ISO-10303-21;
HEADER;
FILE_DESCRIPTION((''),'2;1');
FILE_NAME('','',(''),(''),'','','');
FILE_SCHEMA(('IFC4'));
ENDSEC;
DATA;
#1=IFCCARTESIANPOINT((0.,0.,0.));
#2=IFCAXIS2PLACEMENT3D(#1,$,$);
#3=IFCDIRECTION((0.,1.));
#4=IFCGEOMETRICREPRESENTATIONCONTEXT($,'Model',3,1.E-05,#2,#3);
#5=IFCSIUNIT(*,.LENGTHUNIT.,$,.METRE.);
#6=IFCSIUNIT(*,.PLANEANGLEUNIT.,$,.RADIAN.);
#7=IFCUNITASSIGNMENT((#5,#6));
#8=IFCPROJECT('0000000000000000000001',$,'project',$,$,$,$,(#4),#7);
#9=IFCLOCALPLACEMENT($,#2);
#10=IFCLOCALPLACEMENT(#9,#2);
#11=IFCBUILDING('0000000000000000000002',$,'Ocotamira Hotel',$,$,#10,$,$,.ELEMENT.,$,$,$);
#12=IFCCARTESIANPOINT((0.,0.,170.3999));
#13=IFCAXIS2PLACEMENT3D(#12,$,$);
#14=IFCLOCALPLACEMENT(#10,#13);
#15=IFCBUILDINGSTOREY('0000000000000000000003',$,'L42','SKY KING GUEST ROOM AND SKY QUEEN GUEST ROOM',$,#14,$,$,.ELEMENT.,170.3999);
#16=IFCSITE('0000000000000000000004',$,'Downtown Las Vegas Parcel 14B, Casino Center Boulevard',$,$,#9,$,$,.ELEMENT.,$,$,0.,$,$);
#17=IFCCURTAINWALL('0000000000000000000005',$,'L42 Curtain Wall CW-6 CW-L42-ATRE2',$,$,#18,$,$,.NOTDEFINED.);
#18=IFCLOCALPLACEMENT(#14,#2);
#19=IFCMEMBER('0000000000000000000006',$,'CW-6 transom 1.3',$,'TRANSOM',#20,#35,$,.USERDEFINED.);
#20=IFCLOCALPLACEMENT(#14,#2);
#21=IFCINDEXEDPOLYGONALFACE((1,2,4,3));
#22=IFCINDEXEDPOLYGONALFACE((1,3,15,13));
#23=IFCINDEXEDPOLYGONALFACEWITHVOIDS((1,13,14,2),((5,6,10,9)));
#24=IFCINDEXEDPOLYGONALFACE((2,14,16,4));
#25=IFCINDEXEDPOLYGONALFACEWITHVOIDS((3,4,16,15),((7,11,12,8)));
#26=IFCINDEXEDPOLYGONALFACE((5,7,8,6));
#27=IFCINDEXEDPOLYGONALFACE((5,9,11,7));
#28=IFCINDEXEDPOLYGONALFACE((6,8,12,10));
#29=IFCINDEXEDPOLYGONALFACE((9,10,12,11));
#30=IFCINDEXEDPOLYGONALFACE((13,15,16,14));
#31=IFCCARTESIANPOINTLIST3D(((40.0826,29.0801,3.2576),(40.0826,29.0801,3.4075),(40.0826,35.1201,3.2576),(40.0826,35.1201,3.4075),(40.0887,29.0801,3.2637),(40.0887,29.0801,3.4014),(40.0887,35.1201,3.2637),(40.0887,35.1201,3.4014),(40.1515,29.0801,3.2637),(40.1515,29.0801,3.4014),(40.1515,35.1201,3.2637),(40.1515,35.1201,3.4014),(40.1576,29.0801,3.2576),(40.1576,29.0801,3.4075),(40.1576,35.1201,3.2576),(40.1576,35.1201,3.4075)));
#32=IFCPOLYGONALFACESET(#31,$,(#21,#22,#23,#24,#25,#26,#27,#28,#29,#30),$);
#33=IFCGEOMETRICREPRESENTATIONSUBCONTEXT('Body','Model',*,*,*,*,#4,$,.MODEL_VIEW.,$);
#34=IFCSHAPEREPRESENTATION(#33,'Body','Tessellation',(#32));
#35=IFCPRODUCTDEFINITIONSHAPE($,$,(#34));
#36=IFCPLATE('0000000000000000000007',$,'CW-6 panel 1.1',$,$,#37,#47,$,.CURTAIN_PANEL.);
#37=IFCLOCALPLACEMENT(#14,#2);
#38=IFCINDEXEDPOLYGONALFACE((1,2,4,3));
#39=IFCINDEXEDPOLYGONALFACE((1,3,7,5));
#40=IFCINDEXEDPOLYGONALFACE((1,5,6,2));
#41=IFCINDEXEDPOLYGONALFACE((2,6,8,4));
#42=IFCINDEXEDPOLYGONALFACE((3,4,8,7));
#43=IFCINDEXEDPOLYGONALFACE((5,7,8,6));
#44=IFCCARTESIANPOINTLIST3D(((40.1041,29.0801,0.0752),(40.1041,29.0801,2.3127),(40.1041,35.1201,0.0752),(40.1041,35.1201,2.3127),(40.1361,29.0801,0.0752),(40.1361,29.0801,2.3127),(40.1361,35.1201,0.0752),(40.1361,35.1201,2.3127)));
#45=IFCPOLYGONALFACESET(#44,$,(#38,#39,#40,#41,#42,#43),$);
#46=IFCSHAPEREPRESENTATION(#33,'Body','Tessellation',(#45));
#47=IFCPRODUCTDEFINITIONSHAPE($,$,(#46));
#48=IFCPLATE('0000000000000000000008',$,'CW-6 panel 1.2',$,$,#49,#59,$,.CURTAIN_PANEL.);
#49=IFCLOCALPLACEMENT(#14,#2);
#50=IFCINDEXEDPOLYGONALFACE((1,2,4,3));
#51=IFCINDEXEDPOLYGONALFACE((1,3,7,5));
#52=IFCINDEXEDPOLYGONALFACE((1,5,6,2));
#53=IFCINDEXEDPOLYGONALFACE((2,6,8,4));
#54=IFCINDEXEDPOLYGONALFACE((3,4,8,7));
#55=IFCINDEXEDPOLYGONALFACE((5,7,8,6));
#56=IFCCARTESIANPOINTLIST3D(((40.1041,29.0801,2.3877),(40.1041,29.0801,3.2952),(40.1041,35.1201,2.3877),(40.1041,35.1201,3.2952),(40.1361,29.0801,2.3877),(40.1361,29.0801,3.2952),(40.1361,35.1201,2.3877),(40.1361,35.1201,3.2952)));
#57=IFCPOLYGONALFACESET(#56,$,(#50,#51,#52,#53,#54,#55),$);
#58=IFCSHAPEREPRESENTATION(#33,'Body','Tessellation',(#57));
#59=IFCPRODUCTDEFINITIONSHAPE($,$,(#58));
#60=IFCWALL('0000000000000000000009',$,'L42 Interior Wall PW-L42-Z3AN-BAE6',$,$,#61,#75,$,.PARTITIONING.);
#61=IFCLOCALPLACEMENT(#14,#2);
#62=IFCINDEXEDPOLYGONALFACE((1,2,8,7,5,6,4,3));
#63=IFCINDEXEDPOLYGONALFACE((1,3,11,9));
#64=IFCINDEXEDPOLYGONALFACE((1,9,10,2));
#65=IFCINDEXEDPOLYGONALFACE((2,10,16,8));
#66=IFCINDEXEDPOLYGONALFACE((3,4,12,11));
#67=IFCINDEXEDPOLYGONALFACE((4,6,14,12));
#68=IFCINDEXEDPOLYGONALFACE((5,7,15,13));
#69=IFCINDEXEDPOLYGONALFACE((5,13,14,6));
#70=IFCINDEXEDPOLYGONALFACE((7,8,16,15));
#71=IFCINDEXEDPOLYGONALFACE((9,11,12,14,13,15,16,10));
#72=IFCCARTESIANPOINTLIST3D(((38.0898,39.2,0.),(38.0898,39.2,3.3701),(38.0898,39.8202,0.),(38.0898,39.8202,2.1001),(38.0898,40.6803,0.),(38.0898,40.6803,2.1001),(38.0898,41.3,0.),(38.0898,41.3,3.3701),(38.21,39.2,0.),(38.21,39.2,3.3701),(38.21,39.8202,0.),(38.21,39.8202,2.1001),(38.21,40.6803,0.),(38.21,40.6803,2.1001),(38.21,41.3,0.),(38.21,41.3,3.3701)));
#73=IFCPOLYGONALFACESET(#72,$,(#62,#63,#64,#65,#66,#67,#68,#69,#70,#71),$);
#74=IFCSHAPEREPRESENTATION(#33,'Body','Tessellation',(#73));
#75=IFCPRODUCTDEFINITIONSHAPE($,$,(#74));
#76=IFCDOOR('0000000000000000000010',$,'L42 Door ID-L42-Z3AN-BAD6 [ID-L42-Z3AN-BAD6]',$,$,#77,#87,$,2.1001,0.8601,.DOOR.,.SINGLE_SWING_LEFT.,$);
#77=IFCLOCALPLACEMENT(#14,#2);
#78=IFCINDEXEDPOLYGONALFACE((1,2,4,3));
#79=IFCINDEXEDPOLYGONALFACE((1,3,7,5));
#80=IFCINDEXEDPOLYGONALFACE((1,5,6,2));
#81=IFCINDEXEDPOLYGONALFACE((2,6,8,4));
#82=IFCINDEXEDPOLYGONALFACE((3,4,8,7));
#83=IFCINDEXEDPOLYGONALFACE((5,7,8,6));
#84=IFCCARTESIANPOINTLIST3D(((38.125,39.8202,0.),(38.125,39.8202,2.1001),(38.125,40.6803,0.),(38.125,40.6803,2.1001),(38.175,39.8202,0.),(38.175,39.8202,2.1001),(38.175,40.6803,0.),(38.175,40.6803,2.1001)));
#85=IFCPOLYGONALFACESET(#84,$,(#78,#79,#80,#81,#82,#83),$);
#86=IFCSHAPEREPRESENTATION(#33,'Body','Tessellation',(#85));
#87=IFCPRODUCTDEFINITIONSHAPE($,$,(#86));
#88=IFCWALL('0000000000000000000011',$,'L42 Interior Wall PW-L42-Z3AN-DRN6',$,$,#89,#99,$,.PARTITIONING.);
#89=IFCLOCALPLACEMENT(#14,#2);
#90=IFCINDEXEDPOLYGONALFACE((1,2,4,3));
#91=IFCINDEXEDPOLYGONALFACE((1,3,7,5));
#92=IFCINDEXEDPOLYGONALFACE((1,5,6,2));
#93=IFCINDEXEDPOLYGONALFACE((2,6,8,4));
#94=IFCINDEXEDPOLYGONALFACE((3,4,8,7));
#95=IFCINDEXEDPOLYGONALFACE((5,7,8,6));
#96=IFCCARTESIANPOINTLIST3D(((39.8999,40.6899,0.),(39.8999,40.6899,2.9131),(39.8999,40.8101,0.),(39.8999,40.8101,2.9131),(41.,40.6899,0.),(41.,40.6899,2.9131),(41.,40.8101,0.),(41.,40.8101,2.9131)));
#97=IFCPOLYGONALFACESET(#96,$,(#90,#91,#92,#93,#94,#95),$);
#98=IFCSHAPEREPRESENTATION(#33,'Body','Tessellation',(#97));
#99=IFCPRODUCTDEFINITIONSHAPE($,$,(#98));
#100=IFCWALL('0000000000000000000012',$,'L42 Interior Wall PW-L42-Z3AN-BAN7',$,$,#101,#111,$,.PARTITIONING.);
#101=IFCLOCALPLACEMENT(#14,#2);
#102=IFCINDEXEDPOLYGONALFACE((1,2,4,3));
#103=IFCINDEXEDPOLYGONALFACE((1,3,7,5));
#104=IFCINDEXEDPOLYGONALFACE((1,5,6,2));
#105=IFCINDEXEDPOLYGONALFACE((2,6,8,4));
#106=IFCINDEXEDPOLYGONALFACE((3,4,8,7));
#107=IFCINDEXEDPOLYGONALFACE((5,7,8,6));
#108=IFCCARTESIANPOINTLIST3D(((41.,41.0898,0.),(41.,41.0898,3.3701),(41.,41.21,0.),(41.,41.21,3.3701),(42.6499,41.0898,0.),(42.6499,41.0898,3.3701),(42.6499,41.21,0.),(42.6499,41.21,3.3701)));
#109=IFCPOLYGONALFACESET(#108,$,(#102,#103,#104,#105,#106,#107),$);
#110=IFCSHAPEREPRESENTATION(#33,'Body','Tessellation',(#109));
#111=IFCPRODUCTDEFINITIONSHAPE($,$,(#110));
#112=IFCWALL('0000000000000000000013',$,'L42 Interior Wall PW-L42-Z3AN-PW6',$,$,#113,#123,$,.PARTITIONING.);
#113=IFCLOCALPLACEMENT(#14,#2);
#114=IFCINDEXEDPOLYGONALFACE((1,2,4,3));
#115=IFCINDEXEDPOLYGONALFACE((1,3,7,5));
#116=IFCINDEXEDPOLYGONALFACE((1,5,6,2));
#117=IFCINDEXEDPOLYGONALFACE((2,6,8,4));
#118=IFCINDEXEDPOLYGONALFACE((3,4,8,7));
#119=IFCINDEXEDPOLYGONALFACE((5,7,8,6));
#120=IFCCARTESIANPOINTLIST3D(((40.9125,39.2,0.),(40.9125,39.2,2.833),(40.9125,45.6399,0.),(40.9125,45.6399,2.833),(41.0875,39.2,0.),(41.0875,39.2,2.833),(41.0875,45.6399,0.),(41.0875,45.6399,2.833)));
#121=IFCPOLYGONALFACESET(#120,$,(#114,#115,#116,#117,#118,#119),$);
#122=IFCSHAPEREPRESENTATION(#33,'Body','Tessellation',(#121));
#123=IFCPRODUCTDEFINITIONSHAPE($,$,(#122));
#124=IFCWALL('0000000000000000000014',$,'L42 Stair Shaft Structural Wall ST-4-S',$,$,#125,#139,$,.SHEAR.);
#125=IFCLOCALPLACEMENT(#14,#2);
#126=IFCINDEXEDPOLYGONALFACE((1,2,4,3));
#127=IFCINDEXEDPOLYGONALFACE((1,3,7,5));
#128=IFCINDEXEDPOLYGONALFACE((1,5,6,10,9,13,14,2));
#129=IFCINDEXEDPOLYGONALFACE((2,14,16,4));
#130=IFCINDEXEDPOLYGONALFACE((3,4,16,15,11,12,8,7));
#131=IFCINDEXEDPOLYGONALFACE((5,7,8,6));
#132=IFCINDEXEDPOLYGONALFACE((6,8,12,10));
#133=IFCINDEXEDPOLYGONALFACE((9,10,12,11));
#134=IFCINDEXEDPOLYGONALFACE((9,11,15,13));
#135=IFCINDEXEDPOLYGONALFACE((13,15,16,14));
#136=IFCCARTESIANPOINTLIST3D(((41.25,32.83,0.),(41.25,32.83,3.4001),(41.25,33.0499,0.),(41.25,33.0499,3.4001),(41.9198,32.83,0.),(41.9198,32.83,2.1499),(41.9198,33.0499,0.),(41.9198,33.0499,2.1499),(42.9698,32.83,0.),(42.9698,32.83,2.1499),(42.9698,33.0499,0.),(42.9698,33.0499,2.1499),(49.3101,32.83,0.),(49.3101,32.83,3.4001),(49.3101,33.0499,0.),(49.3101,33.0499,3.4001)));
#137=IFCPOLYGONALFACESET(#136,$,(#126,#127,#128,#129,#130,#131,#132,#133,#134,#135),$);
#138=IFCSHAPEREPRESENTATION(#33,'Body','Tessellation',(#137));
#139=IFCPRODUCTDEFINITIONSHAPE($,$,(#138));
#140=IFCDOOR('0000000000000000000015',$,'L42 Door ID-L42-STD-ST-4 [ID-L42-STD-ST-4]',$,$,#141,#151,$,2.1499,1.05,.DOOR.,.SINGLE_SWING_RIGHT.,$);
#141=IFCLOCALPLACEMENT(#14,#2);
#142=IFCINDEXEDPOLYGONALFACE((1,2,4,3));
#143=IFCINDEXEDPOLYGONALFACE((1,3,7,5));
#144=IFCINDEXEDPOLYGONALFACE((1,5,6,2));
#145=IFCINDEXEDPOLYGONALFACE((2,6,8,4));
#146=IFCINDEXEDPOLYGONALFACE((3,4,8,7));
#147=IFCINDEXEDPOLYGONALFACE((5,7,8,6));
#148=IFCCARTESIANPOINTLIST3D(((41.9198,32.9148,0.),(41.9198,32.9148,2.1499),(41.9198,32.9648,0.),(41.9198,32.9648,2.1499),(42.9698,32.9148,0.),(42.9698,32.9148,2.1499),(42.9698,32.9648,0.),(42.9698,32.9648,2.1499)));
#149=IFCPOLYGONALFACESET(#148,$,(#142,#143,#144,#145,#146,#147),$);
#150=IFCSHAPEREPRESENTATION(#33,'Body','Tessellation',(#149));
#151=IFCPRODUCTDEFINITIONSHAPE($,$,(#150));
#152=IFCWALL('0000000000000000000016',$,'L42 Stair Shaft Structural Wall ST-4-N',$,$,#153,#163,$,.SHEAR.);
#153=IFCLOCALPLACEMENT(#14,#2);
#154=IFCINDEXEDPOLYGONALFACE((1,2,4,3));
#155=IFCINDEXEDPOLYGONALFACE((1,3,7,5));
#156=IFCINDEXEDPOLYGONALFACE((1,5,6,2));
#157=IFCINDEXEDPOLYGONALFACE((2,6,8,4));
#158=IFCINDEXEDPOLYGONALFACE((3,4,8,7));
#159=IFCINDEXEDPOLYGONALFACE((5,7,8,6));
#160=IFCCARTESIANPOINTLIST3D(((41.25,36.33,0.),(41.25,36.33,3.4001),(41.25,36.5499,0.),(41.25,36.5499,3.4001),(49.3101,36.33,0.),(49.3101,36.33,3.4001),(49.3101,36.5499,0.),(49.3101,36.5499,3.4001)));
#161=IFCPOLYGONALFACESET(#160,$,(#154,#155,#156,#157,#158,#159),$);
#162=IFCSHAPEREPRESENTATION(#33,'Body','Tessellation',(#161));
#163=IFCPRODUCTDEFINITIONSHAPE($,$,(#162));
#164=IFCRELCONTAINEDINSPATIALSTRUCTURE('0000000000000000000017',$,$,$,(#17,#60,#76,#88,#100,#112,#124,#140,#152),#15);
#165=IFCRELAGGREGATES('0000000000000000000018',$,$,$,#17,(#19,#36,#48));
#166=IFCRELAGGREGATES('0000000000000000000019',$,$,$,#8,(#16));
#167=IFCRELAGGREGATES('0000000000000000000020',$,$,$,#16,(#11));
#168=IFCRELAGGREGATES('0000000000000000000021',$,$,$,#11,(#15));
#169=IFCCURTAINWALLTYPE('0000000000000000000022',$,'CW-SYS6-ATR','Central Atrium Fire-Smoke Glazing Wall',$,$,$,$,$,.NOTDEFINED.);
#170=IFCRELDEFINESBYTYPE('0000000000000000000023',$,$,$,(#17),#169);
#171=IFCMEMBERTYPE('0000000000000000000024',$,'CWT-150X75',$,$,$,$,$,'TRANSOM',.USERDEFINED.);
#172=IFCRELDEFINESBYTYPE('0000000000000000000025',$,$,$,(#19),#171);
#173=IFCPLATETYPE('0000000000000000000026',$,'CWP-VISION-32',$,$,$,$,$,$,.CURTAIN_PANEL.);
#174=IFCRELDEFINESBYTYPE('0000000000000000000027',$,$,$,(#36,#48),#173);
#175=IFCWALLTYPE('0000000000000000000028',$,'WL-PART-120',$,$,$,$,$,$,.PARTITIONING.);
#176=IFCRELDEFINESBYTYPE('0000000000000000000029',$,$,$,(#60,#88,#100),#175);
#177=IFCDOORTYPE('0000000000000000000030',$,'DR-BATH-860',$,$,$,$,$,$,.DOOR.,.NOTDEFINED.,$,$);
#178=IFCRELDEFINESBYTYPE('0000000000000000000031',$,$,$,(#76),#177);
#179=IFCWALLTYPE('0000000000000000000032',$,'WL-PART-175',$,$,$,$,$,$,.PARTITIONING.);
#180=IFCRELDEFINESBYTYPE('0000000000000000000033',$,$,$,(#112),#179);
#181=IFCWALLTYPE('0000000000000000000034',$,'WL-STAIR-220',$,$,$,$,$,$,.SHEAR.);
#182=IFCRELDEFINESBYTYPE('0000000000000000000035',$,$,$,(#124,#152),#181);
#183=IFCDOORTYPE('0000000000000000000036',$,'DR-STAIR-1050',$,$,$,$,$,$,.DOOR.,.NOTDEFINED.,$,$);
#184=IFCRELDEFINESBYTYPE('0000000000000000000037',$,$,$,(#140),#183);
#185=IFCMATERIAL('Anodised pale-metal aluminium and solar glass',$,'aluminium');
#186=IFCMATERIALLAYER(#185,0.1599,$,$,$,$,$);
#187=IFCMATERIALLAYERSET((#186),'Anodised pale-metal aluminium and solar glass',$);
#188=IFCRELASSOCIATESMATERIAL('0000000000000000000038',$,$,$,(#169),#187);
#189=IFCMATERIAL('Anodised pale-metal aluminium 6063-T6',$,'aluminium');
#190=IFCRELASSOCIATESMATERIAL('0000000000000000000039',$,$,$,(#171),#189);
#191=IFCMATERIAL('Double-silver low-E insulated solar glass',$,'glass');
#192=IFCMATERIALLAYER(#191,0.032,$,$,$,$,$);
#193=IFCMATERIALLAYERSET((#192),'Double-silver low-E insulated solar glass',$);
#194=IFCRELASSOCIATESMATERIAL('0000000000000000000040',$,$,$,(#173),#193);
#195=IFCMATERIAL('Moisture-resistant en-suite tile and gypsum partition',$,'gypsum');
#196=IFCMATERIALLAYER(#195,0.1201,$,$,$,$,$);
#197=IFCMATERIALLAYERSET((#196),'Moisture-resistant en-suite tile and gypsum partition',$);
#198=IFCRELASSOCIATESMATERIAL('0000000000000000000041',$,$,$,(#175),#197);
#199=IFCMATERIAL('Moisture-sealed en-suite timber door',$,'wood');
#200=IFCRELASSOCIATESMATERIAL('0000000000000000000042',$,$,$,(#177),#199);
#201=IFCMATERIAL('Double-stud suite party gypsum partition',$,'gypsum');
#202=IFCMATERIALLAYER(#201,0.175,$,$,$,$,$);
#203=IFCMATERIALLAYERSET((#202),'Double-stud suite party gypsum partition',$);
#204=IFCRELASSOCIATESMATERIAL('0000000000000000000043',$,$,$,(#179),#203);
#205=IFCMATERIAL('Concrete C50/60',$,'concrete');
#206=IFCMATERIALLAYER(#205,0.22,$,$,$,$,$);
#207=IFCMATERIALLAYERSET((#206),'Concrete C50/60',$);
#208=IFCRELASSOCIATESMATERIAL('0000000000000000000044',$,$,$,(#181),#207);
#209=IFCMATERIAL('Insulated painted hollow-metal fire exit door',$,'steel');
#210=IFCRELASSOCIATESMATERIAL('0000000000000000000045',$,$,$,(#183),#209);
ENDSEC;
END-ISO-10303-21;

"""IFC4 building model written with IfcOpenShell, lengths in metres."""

from ifc_helpers import new_model, si_unit, direction, frame, frame_2d, origin, origin_2d, place, context, subcontext, project, spatial, rectangle, hollow_rectangle, extrude, source, transform, mapped, material, layer, layer_set, material_profile, profile_set, type_object, element, fill, aggregate, save


model = new_model("IFC4")

# Units and contexts
model_context = context("Model", 3, precision=1e-05, world=origin(), true_north=direction((0.0, 1.0)))
body_context = subcontext(model_context, "Body", "Model", "MODEL_VIEW")
ifc_project = project(units=[si_unit("LENGTHUNIT", "METRE"), si_unit("PLANEANGLEUNIT", "RADIAN")], contexts=[model_context])

# Site, building, storey
site_placement = place(None, origin())
site = spatial("IfcSite", under=ifc_project, at=site_placement, Name="Downtown Las Vegas Parcel 14B, Casino Center Boulevard", CompositionType="ELEMENT", RefElevation=0.0)
building_placement = place(site_placement, origin())
building = spatial("IfcBuilding", under=site, at=building_placement, Name="Ocotamira Hotel", CompositionType="ELEMENT")
storey_placement = place(building_placement, frame((0.0, 0.0, 170.3999)))
storey = spatial("IfcBuildingStorey", under=building, at=storey_placement, Name="L42", Description="SKY KING GUEST ROOM AND SKY QUEEN GUEST ROOM", CompositionType="ELEMENT", Elevation=170.3999)

# Shared definitions
ifc_material_1 = material(Name="Concrete C50/60", Category="concrete")

# Curtain wall, member, plates
ifc_material_2 = material(Name="Anodised pale-metal aluminium and solar glass", Category="aluminium")
ifc_layer_1 = layer(ifc_material_2, 0.1599)
ifc_layer_set_1 = layer_set([ifc_layer_1], Name="Anodised pale-metal aluminium and solar glass")
curtain_wall_type = type_object("IfcCurtainWallType", Name="CW-SYS6-ATR", Description="Central Atrium Fire-Smoke Glazing Wall", PredefinedType="NOTDEFINED", material=ifc_layer_set_1)
curtain_wall_placement = place(storey_placement, origin())
curtain_wall = element("IfcCurtainWall", 1, at=curtain_wall_placement, inside=storey, type_object=curtain_wall_type, Name="L42 Curtain Wall CW-6 CW-L42-ATRE2", PredefinedType="NOTDEFINED")
ifc_material_3 = material(Name="Anodised pale-metal aluminium 6063-T6", Category="aluminium")
ifc_material_profile_1 = material_profile(ifc_material_3, hollow_rectangle(XDim=0.075, YDim=0.1499, WallThickness=0.0061, at=origin_2d()), Name="HSS150X75X6")
ifc_profile_set_1 = profile_set([ifc_material_profile_1], Name="Anodised pale-metal aluminium 6063-T6")
member_type_1 = type_object("IfcMemberType", Name="CWT-150X75", ElementType="TRANSOM", PredefinedType="USERDEFINED", material=ifc_profile_set_1)
shared_shape_1 = source(origin(), body_context, "Body", "SweptSolid", [
    extrude(hollow_rectangle(XDim=0.075, YDim=0.1499, WallThickness=0.0061, at=origin_2d()), origin(), (0.0, 0.0, 1.0), 6.04),
])
member_1_placement = place(storey_placement, frame((40.1201, 29.0801, 3.3325), z_axis=(0.0, 1.0, 0.0), x_axis=(-1.0, 0.0, 0.0)))
member_1 = element("IfcMember", 2, at=member_1_placement, type_object=member_type_1, Name="CW-6 transom 1.3", ObjectType="TRANSOM", PredefinedType="USERDEFINED", context=body_context, shape_type="MappedRepresentation", body=[
    mapped(shared_shape_1, transform((0.0, 0.0, 0.0), scale=1.0)),
])
ifc_material_4 = material(Name="Double-silver low-E insulated solar glass", Category="glass")
ifc_layer_2 = layer(ifc_material_4, 0.032)
ifc_layer_set_2 = layer_set([ifc_layer_2], Name="Double-silver low-E insulated solar glass")
plate_type = type_object("IfcPlateType", Name="CWP-VISION-32", PredefinedType="CURTAIN_PANEL", material=ifc_layer_set_2)
shared_shape_2 = source(origin(), body_context, "Body", "SweptSolid", [
    extrude(rectangle(XDim=6.04, YDim=0.032, at=origin_2d()), origin(), (0.0, 0.0, 1.0), 2.2375),
])
plate_1_placement = place(storey_placement, frame((40.1201, 32.1001, 0.0752), z_axis=(0.0, 0.0, 1.0), x_axis=(0.0, 1.0, 0.0)))
plate_1 = element("IfcPlate", 3, at=plate_1_placement, type_object=plate_type, Name="CW-6 panel 1.1", PredefinedType="CURTAIN_PANEL", context=body_context, shape_type="MappedRepresentation", body=[
    mapped(shared_shape_2, transform((0.0, 0.0, 0.0), scale=1.0)),
])
shared_shape_3 = source(origin(), body_context, "Body", "SweptSolid", [
    extrude(rectangle(XDim=6.04, YDim=0.032, at=origin_2d()), origin(), (0.0, 0.0, 1.0), 0.9075),
])
plate_2_placement = place(storey_placement, frame((40.1201, 32.1001, 2.3877), z_axis=(0.0, 0.0, 1.0), x_axis=(0.0, 1.0, 0.0)))
plate_2 = element("IfcPlate", 4, at=plate_2_placement, type_object=plate_type, Name="CW-6 panel 1.2", PredefinedType="CURTAIN_PANEL", context=body_context, shape_type="MappedRepresentation", body=[
    mapped(shared_shape_3, transform((0.0, 0.0, 0.0), scale=1.0)),
])
aggregate(curtain_wall, [member_1, plate_1, plate_2])

# Wall, opening, door
ifc_material_5 = material(Name="Moisture-resistant en-suite tile and gypsum partition", Category="gypsum")
ifc_layer_3 = layer(ifc_material_5, 0.1201)
ifc_layer_set_3 = layer_set([ifc_layer_3], Name="Moisture-resistant en-suite tile and gypsum partition")
wall_type_1 = type_object("IfcWallType", Name="WL-PART-120", PredefinedType="PARTITIONING", material=ifc_layer_set_3)
wall_1_placement = place(storey_placement, frame((38.1499, 39.2, 0.0), z_axis=(0.0, 0.0, 1.0), x_axis=(0.0, 1.0, 0.0)))
wall_1 = element("IfcWall", 5, at=wall_1_placement, inside=storey, type_object=wall_type_1, Name="L42 Interior Wall PW-L42-Z3AN-BAE6", PredefinedType="PARTITIONING", context=body_context, shape_type="SweptSolid", body=[
    extrude(rectangle(XDim=2.1001, YDim=0.1201, at=frame_2d((1.05, 0.0))), origin(), (0.0, 0.0, 1.0), 3.3701),
])
opening_1_placement = place(wall_1_placement, frame((0.6201, 0.0, 0.0)))
opening_1 = element("IfcOpeningElement", 6, at=opening_1_placement, cuts=wall_1, PredefinedType="OPENING", context=body_context, shape_type="SweptSolid", body=[
    extrude(rectangle(XDim=0.8601, YDim=2.1001, at=frame_2d((0.4302, 1.05))), frame((0.0, 0.0701, 0.0), z_axis=(0.0, -1.0, 0.0), x_axis=(1.0, 0.0, 0.0)), (0.0, 0.0, 1.0), 0.1401),
])
ifc_material_6 = material(Name="Moisture-sealed en-suite timber door", Category="wood")
door_type_1 = type_object("IfcDoorType", Name="DR-BATH-860", OperationType="NOTDEFINED", PredefinedType="DOOR", material=ifc_material_6)
shared_shape_4 = source(origin(), body_context, "Body", "SweptSolid", [
    extrude(rectangle(XDim=0.8601, YDim=2.1001, at=frame_2d((0.4302, 1.05))), frame((0.0, 0.0249, 0.0), z_axis=(0.0, -1.0, 0.0), x_axis=(1.0, 0.0, 0.0)), (0.0, 0.0, 1.0), 0.05),
])
door_1_placement = place(opening_1_placement, origin())
door_1 = element("IfcDoor", 7, at=door_1_placement, inside=storey, type_object=door_type_1, Name="L42 Door ID-L42-Z3AN-BAD6 [ID-L42-Z3AN-BAD6]", OperationType="SINGLE_SWING_LEFT", OverallHeight=2.1001, OverallWidth=0.8601, PredefinedType="DOOR", context=body_context, shape_type="MappedRepresentation", body=[
    mapped(shared_shape_4, transform((0.0, 0.0, 0.0), scale=1.0)),
])
fill(opening_1, door_1)

# Walls
wall_2_placement = place(storey_placement, frame((39.8999, 40.75, 0.0), z_axis=(0.0, 0.0, 1.0), x_axis=(1.0, 0.0, 0.0)))
element("IfcWall", 8, at=wall_2_placement, inside=storey, type_object=wall_type_1, Name="L42 Interior Wall PW-L42-Z3AN-DRN6", PredefinedType="PARTITIONING", context=body_context, shape_type="SweptSolid", body=[
    extrude(rectangle(XDim=1.1001, YDim=0.1201, at=frame_2d((0.55, 0.0))), origin(), (0.0, 0.0, 1.0), 2.9131),
])
wall_3_placement = place(storey_placement, frame((41.0, 41.1499, 0.0), z_axis=(0.0, 0.0, 1.0), x_axis=(1.0, 0.0, 0.0)))
element("IfcWall", 9, at=wall_3_placement, inside=storey, type_object=wall_type_1, Name="L42 Interior Wall PW-L42-Z3AN-BAN7", PredefinedType="PARTITIONING", context=body_context, shape_type="SweptSolid", body=[
    extrude(rectangle(XDim=1.6499, YDim=0.1201, at=frame_2d((0.825, 0.0))), origin(), (0.0, 0.0, 1.0), 3.3701),
])
ifc_material_7 = material(Name="Double-stud suite party gypsum partition", Category="gypsum")
ifc_layer_4 = layer(ifc_material_7, 0.175)
ifc_layer_set_4 = layer_set([ifc_layer_4], Name="Double-stud suite party gypsum partition")
wall_type_2 = type_object("IfcWallType", Name="WL-PART-175", PredefinedType="PARTITIONING", material=ifc_layer_set_4)
wall_4_placement = place(storey_placement, frame((41.0, 39.2, 0.0), z_axis=(0.0, 0.0, 1.0), x_axis=(0.0, 1.0, 0.0)))
element("IfcWall", 10, at=wall_4_placement, inside=storey, type_object=wall_type_2, Name="L42 Interior Wall PW-L42-Z3AN-PW6", PredefinedType="PARTITIONING", context=body_context, shape_type="SweptSolid", body=[
    extrude(rectangle(XDim=6.4399, YDim=0.175, at=frame_2d((3.22, 0.0))), origin(), (0.0, 0.0, 1.0), 2.833),
])

# Wall, opening, door
ifc_layer_5 = layer(ifc_material_1, 0.22)
ifc_layer_set_5 = layer_set([ifc_layer_5], Name="Concrete C50/60")
wall_type_3 = type_object("IfcWallType", Name="WL-STAIR-220", PredefinedType="SHEAR", material=ifc_layer_set_5)
wall_5_placement = place(storey_placement, frame((41.25, 32.9399, 0.0), z_axis=(0.0, 0.0, 1.0), x_axis=(1.0, 0.0, 0.0)))
wall_5 = element("IfcWall", 11, at=wall_5_placement, inside=storey, type_object=wall_type_3, Name="L42 Stair Shaft Structural Wall ST-4-S", PredefinedType="SHEAR", context=body_context, shape_type="SweptSolid", body=[
    extrude(rectangle(XDim=8.0601, YDim=0.22, at=frame_2d((4.03, 0.0))), origin(), (0.0, 0.0, 1.0), 3.4001),
])
opening_2_placement = place(wall_5_placement, frame((0.6699, 0.0, 0.0)))
opening_2 = element("IfcOpeningElement", 12, at=opening_2_placement, cuts=wall_5, PredefinedType="OPENING", context=body_context, shape_type="SweptSolid", body=[
    extrude(rectangle(XDim=1.05, YDim=2.1499, at=frame_2d((0.5249, 1.075))), frame((0.0, 0.1201, 0.0), z_axis=(0.0, -1.0, 0.0), x_axis=(1.0, 0.0, 0.0)), (0.0, 0.0, 1.0), 0.24),
])
ifc_material_8 = material(Name="Insulated painted hollow-metal fire exit door", Category="steel")
door_type_2 = type_object("IfcDoorType", Name="DR-STAIR-1050", OperationType="NOTDEFINED", PredefinedType="DOOR", material=ifc_material_8)
shared_shape_5 = source(origin(), body_context, "Body", "SweptSolid", [
    extrude(rectangle(XDim=1.05, YDim=2.1499, at=frame_2d((0.5249, 1.075))), frame((0.0, 0.0249, 0.0), z_axis=(0.0, -1.0, 0.0), x_axis=(1.0, 0.0, 0.0)), (0.0, 0.0, 1.0), 0.05),
])
door_2_placement = place(opening_2_placement, origin())
door_2 = element("IfcDoor", 13, at=door_2_placement, inside=storey, type_object=door_type_2, Name="L42 Door ID-L42-STD-ST-4 [ID-L42-STD-ST-4]", OperationType="SINGLE_SWING_RIGHT", OverallHeight=2.1499, OverallWidth=1.05, PredefinedType="DOOR", context=body_context, shape_type="MappedRepresentation", body=[
    mapped(shared_shape_5, transform((0.0, 0.0, 0.0), scale=1.0)),
])
fill(opening_2, door_2)

# Wall
wall_6_placement = place(storey_placement, frame((41.25, 36.4399, 0.0), z_axis=(0.0, 0.0, 1.0), x_axis=(1.0, 0.0, 0.0)))
element("IfcWall", 14, at=wall_6_placement, inside=storey, type_object=wall_type_3, Name="L42 Stair Shaft Structural Wall ST-4-N", PredefinedType="SHEAR", context=body_context, shape_type="SweptSolid", body=[
    extrude(rectangle(XDim=8.0601, YDim=0.22, at=frame_2d((4.03, 0.0))), origin(), (0.0, 0.0, 1.0), 3.4001),
])

save(model, "model.ifc")
